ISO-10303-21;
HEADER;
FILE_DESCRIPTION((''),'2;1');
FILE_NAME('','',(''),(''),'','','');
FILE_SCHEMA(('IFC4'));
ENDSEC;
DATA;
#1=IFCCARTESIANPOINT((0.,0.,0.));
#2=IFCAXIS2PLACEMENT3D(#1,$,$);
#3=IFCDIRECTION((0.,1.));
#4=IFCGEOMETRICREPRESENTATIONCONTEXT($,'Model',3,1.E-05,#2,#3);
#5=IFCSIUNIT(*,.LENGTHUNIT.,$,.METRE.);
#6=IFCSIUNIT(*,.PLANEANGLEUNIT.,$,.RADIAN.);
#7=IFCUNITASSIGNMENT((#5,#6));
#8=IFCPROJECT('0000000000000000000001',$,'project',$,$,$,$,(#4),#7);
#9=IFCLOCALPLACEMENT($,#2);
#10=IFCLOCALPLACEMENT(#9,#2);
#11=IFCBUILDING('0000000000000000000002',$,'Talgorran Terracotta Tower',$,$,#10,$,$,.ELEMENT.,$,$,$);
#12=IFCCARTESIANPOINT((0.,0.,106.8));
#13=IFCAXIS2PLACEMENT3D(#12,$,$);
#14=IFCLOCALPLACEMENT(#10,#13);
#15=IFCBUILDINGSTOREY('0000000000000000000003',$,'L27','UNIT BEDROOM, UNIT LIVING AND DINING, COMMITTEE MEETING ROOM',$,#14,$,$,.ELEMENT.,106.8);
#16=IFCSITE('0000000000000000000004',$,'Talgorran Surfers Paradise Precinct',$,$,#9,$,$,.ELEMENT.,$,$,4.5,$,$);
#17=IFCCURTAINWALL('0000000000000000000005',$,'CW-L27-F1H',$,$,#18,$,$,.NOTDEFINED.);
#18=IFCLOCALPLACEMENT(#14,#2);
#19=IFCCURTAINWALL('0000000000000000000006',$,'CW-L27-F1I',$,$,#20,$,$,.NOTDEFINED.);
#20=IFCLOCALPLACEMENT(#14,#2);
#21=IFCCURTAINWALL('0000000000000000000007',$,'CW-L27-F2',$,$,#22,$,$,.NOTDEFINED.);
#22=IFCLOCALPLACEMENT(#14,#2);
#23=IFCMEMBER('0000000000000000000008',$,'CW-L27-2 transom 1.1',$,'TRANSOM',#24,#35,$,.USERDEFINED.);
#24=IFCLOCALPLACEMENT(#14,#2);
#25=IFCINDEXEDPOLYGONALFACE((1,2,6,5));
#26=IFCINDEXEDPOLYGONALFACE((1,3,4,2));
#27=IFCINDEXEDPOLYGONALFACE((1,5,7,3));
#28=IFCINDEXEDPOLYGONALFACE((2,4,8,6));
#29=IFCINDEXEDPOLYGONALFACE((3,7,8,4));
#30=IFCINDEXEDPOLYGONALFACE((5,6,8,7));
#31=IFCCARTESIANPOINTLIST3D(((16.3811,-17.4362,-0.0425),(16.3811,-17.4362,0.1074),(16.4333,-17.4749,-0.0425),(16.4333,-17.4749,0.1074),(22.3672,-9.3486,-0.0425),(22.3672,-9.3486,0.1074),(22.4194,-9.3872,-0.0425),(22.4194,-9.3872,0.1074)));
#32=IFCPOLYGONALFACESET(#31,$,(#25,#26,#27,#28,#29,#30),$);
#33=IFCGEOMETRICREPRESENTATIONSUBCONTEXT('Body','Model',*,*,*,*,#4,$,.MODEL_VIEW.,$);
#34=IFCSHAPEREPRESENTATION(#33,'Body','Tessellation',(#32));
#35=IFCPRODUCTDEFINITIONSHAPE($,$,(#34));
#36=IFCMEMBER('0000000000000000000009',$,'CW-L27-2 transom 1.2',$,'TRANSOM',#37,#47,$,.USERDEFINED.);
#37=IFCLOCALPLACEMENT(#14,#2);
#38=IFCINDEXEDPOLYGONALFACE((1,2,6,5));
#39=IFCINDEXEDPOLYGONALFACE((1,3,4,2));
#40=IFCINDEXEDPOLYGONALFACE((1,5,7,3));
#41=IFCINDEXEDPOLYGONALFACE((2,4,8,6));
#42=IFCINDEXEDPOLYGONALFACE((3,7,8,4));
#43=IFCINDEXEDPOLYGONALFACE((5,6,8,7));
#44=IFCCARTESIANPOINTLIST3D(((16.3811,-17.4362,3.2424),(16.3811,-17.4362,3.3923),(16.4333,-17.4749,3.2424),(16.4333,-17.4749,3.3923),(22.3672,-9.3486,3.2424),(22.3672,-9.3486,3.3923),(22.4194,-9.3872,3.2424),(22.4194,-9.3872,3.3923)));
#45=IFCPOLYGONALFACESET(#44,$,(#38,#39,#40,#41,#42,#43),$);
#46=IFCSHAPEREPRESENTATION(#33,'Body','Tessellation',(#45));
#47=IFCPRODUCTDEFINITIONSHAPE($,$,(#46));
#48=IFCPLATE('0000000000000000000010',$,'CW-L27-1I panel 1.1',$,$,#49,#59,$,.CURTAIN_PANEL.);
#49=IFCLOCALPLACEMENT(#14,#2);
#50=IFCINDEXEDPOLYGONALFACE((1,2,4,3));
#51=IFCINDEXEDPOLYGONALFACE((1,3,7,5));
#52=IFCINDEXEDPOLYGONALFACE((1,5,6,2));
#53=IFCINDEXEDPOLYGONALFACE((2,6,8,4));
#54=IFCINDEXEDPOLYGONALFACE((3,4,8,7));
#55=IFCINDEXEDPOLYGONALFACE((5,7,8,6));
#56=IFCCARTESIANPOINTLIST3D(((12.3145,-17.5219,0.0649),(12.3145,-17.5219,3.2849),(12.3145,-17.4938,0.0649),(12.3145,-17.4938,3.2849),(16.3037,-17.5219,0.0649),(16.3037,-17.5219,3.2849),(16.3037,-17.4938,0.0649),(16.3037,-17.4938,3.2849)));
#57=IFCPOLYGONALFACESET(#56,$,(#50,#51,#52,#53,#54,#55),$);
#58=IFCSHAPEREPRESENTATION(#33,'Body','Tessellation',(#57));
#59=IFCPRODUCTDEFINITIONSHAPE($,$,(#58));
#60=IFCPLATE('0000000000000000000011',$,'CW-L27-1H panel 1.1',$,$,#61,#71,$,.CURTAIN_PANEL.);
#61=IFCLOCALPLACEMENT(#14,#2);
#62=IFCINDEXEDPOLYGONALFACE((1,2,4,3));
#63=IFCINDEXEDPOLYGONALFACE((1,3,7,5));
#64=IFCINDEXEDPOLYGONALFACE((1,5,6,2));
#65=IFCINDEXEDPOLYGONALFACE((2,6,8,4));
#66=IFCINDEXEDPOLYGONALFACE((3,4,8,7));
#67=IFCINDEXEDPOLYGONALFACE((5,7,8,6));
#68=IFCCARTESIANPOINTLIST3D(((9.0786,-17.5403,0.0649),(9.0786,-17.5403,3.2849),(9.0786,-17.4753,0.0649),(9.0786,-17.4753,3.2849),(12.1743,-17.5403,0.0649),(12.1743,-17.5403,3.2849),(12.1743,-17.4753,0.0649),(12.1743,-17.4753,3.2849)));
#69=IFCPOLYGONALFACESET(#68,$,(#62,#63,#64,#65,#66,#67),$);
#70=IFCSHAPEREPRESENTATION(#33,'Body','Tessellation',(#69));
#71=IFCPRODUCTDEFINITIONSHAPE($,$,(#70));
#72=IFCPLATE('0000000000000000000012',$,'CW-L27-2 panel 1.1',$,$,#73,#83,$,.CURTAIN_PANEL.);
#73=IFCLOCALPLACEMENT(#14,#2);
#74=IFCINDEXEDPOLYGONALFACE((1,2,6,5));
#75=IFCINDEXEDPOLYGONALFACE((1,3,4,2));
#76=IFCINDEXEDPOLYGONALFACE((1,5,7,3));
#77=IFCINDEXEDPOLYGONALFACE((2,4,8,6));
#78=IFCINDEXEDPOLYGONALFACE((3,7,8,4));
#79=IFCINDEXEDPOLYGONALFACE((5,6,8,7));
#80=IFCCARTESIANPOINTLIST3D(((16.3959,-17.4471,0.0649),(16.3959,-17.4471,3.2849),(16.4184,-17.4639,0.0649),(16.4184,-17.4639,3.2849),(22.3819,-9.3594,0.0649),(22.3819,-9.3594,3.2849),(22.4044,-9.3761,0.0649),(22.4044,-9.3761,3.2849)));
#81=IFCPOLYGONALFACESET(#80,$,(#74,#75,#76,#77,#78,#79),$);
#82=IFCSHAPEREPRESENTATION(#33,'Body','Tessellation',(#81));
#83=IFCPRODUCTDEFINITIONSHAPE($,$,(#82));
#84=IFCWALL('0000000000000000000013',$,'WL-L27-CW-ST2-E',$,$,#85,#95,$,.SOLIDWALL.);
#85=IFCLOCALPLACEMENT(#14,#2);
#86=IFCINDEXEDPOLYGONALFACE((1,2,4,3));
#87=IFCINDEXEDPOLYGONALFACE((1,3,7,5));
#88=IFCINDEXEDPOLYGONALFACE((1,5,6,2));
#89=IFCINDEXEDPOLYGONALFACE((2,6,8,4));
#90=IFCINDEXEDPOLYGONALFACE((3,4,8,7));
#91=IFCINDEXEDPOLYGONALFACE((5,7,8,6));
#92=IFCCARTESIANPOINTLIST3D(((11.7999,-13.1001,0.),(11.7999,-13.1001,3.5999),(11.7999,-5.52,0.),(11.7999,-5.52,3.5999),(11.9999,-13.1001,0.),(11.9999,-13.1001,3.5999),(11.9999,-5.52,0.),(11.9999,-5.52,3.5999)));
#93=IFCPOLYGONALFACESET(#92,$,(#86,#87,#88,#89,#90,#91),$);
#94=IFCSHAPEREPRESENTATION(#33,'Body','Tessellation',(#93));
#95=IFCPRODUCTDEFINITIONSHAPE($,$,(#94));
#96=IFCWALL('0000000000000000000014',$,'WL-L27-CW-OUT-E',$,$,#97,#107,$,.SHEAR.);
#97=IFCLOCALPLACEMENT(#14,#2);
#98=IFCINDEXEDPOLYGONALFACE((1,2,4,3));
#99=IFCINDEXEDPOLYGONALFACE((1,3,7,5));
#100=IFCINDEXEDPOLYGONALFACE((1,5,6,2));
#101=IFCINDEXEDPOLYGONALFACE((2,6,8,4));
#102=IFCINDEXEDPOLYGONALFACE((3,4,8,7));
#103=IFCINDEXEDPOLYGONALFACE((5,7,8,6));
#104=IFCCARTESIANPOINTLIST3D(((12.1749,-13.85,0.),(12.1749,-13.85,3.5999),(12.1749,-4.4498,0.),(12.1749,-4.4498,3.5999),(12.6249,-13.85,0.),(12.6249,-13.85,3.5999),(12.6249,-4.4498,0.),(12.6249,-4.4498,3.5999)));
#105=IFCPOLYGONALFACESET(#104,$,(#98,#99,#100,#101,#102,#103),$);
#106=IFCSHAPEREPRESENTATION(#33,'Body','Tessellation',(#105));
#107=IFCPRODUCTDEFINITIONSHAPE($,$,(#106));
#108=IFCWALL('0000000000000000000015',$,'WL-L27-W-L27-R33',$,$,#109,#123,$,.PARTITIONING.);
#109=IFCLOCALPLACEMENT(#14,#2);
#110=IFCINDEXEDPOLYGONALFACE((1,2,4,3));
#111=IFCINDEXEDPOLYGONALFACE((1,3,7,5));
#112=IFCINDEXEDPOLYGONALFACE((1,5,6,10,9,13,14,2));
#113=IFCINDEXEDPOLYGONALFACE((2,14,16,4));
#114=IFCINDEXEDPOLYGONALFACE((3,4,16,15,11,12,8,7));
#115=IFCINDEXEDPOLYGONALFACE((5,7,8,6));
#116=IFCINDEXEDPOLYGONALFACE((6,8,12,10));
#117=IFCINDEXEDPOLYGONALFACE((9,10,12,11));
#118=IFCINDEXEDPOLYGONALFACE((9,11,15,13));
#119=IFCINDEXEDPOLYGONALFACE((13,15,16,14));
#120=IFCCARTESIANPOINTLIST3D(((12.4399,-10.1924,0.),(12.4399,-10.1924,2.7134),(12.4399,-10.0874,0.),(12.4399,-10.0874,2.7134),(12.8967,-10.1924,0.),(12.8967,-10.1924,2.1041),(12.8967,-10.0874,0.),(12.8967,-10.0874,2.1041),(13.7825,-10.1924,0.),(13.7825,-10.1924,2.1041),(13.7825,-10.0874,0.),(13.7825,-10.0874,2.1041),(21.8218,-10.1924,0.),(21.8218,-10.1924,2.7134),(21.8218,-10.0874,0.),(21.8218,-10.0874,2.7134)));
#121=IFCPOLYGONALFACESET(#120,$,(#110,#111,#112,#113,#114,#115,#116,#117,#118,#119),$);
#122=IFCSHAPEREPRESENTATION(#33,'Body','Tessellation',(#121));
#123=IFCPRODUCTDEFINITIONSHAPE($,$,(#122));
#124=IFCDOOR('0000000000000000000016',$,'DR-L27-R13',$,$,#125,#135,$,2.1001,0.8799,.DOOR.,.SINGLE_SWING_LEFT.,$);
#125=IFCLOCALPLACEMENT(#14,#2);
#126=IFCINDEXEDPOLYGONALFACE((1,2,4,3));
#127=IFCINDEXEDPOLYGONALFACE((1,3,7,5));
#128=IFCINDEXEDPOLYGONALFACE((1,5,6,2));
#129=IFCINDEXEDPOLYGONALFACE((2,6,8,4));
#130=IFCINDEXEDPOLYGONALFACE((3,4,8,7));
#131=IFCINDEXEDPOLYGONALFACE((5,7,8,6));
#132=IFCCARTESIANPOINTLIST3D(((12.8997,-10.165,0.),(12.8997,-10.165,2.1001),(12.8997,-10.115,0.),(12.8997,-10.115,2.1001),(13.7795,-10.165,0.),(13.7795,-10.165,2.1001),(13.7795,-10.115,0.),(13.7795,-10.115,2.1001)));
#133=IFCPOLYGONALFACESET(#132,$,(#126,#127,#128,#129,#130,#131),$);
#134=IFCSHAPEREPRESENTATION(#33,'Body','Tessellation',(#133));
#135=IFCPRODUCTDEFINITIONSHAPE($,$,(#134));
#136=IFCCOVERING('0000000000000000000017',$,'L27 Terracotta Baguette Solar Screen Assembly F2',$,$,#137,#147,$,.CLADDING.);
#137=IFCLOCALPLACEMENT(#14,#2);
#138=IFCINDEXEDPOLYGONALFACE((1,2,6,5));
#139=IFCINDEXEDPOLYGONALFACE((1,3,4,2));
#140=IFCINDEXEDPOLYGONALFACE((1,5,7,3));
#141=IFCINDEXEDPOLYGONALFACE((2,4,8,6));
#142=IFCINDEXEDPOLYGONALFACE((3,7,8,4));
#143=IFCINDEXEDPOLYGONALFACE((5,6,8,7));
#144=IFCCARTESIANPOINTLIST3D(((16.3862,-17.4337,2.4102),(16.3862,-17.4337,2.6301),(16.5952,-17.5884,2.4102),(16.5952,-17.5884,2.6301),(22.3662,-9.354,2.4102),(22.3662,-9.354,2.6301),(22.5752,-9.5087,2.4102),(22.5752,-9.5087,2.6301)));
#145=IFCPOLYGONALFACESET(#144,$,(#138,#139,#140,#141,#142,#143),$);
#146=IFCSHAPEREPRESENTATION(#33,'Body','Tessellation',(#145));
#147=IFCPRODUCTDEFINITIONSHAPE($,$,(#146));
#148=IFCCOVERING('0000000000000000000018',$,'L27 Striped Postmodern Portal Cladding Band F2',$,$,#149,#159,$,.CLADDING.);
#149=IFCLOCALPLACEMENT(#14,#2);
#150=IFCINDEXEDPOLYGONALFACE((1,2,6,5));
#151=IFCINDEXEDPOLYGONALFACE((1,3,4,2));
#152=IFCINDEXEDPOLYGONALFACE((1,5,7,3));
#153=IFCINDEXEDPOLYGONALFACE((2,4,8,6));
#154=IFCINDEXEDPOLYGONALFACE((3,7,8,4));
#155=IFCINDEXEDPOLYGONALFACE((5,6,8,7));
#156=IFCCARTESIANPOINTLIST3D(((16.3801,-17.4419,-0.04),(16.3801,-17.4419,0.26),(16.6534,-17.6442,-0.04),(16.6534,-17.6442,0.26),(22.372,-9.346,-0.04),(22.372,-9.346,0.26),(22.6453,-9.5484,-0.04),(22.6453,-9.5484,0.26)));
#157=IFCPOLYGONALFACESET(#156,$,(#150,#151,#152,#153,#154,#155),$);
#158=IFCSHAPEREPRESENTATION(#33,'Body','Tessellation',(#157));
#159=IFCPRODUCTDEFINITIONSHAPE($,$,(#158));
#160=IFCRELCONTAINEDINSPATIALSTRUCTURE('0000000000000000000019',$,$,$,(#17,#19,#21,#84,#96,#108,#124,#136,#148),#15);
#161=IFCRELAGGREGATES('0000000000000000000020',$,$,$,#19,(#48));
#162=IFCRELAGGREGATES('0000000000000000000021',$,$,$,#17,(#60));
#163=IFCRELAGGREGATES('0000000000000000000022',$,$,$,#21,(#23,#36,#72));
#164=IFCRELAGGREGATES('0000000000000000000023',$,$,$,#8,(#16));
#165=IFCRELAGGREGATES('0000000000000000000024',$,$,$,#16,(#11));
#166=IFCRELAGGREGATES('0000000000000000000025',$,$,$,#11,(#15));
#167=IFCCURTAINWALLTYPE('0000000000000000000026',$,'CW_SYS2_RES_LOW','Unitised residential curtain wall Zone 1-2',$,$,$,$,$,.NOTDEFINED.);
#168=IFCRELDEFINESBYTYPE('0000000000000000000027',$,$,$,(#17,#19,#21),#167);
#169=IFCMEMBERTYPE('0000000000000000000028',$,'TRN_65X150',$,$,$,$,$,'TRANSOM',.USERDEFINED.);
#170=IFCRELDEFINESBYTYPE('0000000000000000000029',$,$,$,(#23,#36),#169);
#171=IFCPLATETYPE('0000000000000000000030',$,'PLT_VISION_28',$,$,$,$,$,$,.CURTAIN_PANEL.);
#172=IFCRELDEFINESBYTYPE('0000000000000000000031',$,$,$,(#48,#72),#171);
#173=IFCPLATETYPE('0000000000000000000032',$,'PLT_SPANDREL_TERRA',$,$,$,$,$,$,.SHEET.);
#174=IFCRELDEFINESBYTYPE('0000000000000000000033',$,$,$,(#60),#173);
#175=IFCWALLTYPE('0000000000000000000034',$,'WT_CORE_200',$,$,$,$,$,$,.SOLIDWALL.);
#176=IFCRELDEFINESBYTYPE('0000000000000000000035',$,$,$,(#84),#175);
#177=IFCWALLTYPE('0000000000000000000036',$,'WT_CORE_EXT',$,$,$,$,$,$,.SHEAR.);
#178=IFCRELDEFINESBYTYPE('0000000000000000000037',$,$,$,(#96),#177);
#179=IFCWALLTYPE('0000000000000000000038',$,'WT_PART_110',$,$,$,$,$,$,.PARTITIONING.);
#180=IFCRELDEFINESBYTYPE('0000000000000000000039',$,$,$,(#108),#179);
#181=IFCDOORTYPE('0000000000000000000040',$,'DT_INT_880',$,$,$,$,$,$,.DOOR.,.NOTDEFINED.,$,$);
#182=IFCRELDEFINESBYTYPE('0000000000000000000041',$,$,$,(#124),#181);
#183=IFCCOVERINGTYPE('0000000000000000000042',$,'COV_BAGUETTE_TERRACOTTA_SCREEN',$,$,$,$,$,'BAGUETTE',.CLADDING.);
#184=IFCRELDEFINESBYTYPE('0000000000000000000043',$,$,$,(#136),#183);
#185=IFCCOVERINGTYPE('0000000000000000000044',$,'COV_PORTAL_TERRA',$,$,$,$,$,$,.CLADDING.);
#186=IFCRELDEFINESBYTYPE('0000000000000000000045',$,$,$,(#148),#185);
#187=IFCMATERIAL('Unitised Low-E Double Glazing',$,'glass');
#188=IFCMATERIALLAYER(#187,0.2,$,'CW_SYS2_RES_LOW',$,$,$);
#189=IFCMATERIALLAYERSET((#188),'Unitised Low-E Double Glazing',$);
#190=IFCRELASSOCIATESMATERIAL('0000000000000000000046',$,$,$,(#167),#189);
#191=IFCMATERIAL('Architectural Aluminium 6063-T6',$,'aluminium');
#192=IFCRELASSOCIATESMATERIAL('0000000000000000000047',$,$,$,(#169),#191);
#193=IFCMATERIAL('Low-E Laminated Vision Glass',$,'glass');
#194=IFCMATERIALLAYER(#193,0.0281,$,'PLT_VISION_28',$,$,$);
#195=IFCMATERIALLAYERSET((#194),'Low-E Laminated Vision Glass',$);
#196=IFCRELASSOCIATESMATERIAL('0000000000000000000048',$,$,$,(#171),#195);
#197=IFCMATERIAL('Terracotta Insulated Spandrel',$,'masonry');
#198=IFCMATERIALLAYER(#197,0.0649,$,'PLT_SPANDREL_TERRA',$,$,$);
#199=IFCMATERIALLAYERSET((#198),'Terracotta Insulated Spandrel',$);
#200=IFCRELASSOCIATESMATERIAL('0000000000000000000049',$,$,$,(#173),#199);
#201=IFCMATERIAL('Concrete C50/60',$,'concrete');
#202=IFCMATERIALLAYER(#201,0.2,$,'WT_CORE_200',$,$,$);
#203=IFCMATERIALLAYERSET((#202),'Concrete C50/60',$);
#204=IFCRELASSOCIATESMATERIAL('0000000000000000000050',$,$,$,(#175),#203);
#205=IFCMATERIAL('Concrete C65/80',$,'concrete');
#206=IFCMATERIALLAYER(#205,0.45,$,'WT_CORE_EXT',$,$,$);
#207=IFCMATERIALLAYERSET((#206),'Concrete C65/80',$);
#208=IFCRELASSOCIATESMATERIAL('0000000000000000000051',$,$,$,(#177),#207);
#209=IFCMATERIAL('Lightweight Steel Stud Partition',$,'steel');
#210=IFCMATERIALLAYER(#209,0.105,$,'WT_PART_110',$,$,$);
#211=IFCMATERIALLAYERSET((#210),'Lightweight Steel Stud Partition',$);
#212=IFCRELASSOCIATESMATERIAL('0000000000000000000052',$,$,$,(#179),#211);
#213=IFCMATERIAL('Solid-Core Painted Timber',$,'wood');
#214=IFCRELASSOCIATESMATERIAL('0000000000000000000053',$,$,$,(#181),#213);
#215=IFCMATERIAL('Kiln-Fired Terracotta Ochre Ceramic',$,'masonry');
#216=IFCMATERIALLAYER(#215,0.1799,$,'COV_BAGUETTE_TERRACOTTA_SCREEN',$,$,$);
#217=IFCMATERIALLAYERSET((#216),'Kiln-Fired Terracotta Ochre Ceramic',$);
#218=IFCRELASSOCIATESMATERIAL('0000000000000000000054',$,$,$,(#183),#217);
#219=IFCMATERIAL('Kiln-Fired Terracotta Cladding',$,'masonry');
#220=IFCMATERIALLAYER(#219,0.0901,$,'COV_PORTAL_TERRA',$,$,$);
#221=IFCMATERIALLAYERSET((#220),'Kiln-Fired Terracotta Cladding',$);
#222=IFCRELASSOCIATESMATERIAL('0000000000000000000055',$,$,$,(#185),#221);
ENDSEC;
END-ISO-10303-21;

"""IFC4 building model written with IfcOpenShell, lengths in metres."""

from ifc_helpers import new_model, si_unit, direction, frame, frame_2d, origin, origin_2d, place, context, subcontext, project, spatial, rectangle, extrude, source, transform, mapped, material, layer, layer_set, material_profile, profile_set, type_object, type_shapes, element, fill, aggregate, save


model = new_model("IFC4")

# Units and contexts
model_context = context("Model", 3, precision=1e-05, world=origin(), true_north=direction((0.0, 1.0)))
body_context = subcontext(model_context, "Body", "Model", "MODEL_VIEW")
ifc_project = project(units=[si_unit("LENGTHUNIT", "METRE"), si_unit("PLANEANGLEUNIT", "RADIAN")], contexts=[model_context])

# Site, building, storey
site_placement = place(None, origin())
site = spatial("IfcSite", under=ifc_project, at=site_placement, Name="Talgorran Surfers Paradise Precinct", CompositionType="ELEMENT", RefElevation=4.5)
building_placement = place(site_placement, origin())
building = spatial("IfcBuilding", under=site, at=building_placement, Name="Talgorran Terracotta Tower", CompositionType="ELEMENT")
storey_placement = place(building_placement, frame((0.0, 0.0, 106.8)))
storey = spatial("IfcBuildingStorey", under=building, at=storey_placement, Name="L27", Description="UNIT BEDROOM, UNIT LIVING AND DINING, COMMITTEE MEETING ROOM", CompositionType="ELEMENT", Elevation=106.8)

# Curtain wall
ifc_material_1 = material(Name="Unitised Low-E Double Glazing", Category="glass")
ifc_layer_1 = layer(ifc_material_1, 0.2, Name="CW_SYS2_RES_LOW")
ifc_layer_set_1 = layer_set([ifc_layer_1], Name="Unitised Low-E Double Glazing")
curtain_wall_type = type_object("IfcCurtainWallType", Name="CW_SYS2_RES_LOW", Description="Unitised residential curtain wall Zone 1-2", PredefinedType="NOTDEFINED", material=ifc_layer_set_1)
curtain_wall_1_placement = place(storey_placement, origin())
curtain_wall_1 = element("IfcCurtainWall", 1, at=curtain_wall_1_placement, inside=storey, type_object=curtain_wall_type, Name="CW-L27-F1H", PredefinedType="NOTDEFINED")
ifc_material_2 = material(Name="Architectural Aluminium 6063-T6", Category="aluminium")

# Curtain wall
curtain_wall_2_placement = place(storey_placement, origin())
curtain_wall_2 = element("IfcCurtainWall", 2, at=curtain_wall_2_placement, inside=storey, type_object=curtain_wall_type, Name="CW-L27-F1I", PredefinedType="NOTDEFINED")

# Curtain wall
curtain_wall_3_placement = place(storey_placement, origin())
curtain_wall_3 = element("IfcCurtainWall", 3, at=curtain_wall_3_placement, inside=storey, type_object=curtain_wall_type, Name="CW-L27-F2", PredefinedType="NOTDEFINED")

# Members
ifc_material_profile_1 = material_profile(ifc_material_2, rectangle(XDim=0.0649, YDim=0.1499, at=origin_2d()), Name="CWT65X150")
ifc_profile_set_1 = profile_set([ifc_material_profile_1], Name="Architectural Aluminium 6063-T6")
member_type_1 = type_object("IfcMemberType", Name="TRN_65X150", ElementType="TRANSOM", PredefinedType="USERDEFINED", material=ifc_profile_set_1)
member_1_placement = place(storey_placement, frame((16.4072, -17.4556, 0.0325), z_axis=(0.594922, 0.803784, 0.0), x_axis=(-0.803784, 0.594922, 0.0)))
member_1 = element("IfcMember", 4, at=member_1_placement, type_object=member_type_1, Name="CW-L27-2 transom 1.1", ObjectType="TRANSOM", PredefinedType="USERDEFINED", context=body_context, shape_type="SweptSolid", body=[
    extrude(rectangle(XDim=0.0649, YDim=0.1499, at=origin_2d()), origin(), (0.0, 0.0, 1.0), 10.062),
])
member_2_placement = place(storey_placement, frame((16.4072, -17.4556, 3.3174), z_axis=(0.594922, 0.803784, 0.0), x_axis=(-0.803784, 0.594922, 0.0)))
member_2 = element("IfcMember", 5, at=member_2_placement, type_object=member_type_1, Name="CW-L27-2 transom 1.2", ObjectType="TRANSOM", PredefinedType="USERDEFINED", context=body_context, shape_type="SweptSolid", body=[
    extrude(rectangle(XDim=0.0649, YDim=0.1499, at=origin_2d()), origin(), (0.0, 0.0, 1.0), 10.062),
])

# Plates
ifc_material_3 = material(Name="Low-E Laminated Vision Glass", Category="glass")
ifc_layer_2 = layer(ifc_material_3, 0.0281, Name="PLT_VISION_28")
ifc_layer_set_2 = layer_set([ifc_layer_2], Name="Low-E Laminated Vision Glass")
plate_type_1 = type_object("IfcPlateType", Name="PLT_VISION_28", PredefinedType="CURTAIN_PANEL", material=ifc_layer_set_2)
shared_shape_1 = source(origin(), body_context, "Body", "SweptSolid", [
    extrude(rectangle(XDim=3.9893, YDim=0.0281, at=origin_2d()), origin(), (0.0, 0.0, 1.0), 3.22),
])
plate_1_placement = place(storey_placement, frame((14.3091, -17.5078, 0.0649), z_axis=(0.0, 0.0, 1.0), x_axis=(1.0, 0.0, 0.0)))
plate_1 = element("IfcPlate", 6, at=plate_1_placement, type_object=plate_type_1, Name="CW-L27-1I panel 1.1", PredefinedType="CURTAIN_PANEL", context=body_context, shape_type="MappedRepresentation", body=[
    mapped(shared_shape_1, transform((0.0, 0.0, 0.0), scale=1.0)),
])
aggregate(curtain_wall_2, [plate_1])
ifc_material_4 = material(Name="Terracotta Insulated Spandrel", Category="masonry")
ifc_layer_3 = layer(ifc_material_4, 0.0649, Name="PLT_SPANDREL_TERRA")
ifc_layer_set_3 = layer_set([ifc_layer_3], Name="Terracotta Insulated Spandrel")
plate_type_2 = type_object("IfcPlateType", Name="PLT_SPANDREL_TERRA", PredefinedType="SHEET", material=ifc_layer_set_3)
shared_shape_2 = source(origin(), body_context, "Body", "SweptSolid", [
    extrude(rectangle(XDim=3.0957, YDim=0.0649, at=origin_2d()), origin(), (0.0, 0.0, 1.0), 3.22),
])
type_shapes(plate_type_2, [shared_shape_2])
plate_2_placement = place(storey_placement, frame((10.6265, -17.5078, 0.0649), z_axis=(0.0, 0.0, 1.0), x_axis=(1.0, 0.0, 0.0)))
plate_2 = element("IfcPlate", 7, at=plate_2_placement, type_object=plate_type_2, Name="CW-L27-1H panel 1.1", PredefinedType="CURTAIN_PANEL", context=body_context, shape_type="MappedRepresentation", body=[
    mapped(shared_shape_2, transform((0.0, 0.0, 0.0), scale=1.0)),
])
aggregate(curtain_wall_1, [plate_2])
shared_shape_3 = source(origin(), body_context, "Body", "SweptSolid", [
    extrude(rectangle(XDim=10.062, YDim=0.0281, at=origin_2d()), origin(), (0.0, 0.0, 1.0), 3.22),
])
type_shapes(plate_type_1, [shared_shape_1, shared_shape_3])
plate_3_placement = place(storey_placement, frame((19.4001, -13.4116, 0.0649), z_axis=(0.0, 0.0, 1.0), x_axis=(0.594911, 0.803792, 0.0)))
plate_3 = element("IfcPlate", 8, at=plate_3_placement, type_object=plate_type_1, Name="CW-L27-2 panel 1.1", PredefinedType="CURTAIN_PANEL", context=body_context, shape_type="MappedRepresentation", body=[
    mapped(shared_shape_3, transform((0.0, 0.0, 0.0), scale=1.0)),
])
aggregate(curtain_wall_3, [member_1, member_2, plate_3])

# Walls
ifc_material_5 = material(Name="Concrete C50/60", Category="concrete")
ifc_layer_4 = layer(ifc_material_5, 0.2, Name="WT_CORE_200")
ifc_layer_set_4 = layer_set([ifc_layer_4], Name="Concrete C50/60")
wall_type_1 = type_object("IfcWallType", Name="WT_CORE_200", PredefinedType="SOLIDWALL", material=ifc_layer_set_4)
wall_1_placement = place(storey_placement, frame((11.8999, -13.1001, 0.0), z_axis=(0.0, 0.0, 1.0), x_axis=(0.0, 1.0, 0.0)))
element("IfcWall", 9, at=wall_1_placement, inside=storey, type_object=wall_type_1, Name="WL-L27-CW-ST2-E", PredefinedType="SOLIDWALL", context=body_context, shape_type="SweptSolid", body=[
    extrude(rectangle(XDim=7.5801, YDim=0.2, at=frame_2d((3.79, 0.0))), origin(), (0.0, 0.0, 1.0), 3.5999),
])
ifc_material_6 = material(Name="Concrete C65/80", Category="concrete")
ifc_layer_5 = layer(ifc_material_6, 0.45, Name="WT_CORE_EXT")
ifc_layer_set_5 = layer_set([ifc_layer_5], Name="Concrete C65/80")
wall_type_2 = type_object("IfcWallType", Name="WT_CORE_EXT", PredefinedType="SHEAR", material=ifc_layer_set_5)
wall_2_placement = place(storey_placement, frame((12.3999, -13.8501, 0.0), z_axis=(0.0, 0.0, 1.0), x_axis=(0.0, 1.0, 0.0)))
element("IfcWall", 10, at=wall_2_placement, inside=storey, type_object=wall_type_2, Name="WL-L27-CW-OUT-E", PredefinedType="SHEAR", context=body_context, shape_type="SweptSolid", body=[
    extrude(rectangle(XDim=9.4001, YDim=0.45, at=frame_2d((4.7002, 0.0))), origin(), (0.0, 0.0, 1.0), 3.5999),
])

# Wall, opening, door
ifc_material_7 = material(Name="Lightweight Steel Stud Partition", Category="steel")
ifc_layer_6 = layer(ifc_material_7, 0.105, Name="WT_PART_110")
ifc_layer_set_6 = layer_set([ifc_layer_6], Name="Lightweight Steel Stud Partition")
wall_type_3 = type_object("IfcWallType", Name="WT_PART_110", PredefinedType="PARTITIONING", material=ifc_layer_set_6)
wall_3_placement = place(storey_placement, frame((12.4399, -10.1399, 0.0), z_axis=(0.0, 0.0, 1.0), x_axis=(1.0, 0.0, 0.0)))
wall_3 = element("IfcWall", 11, at=wall_3_placement, inside=storey, type_object=wall_type_3, Name="WL-L27-W-L27-R33", PredefinedType="PARTITIONING", context=body_context, shape_type="SweptSolid", body=[
    extrude(rectangle(XDim=9.3818, YDim=0.105, at=frame_2d((4.6909, 0.0))), origin(), (0.0, 0.0, 1.0), 2.7134),
])
opening_placement = place(wall_3_placement, frame((0.4597, 0.0, 0.0)))
opening = element("IfcOpeningElement", 12, at=opening_placement, cuts=wall_3, PredefinedType="OPENING", context=body_context, shape_type="SweptSolid", body=[
    extrude(rectangle(XDim=0.8859, YDim=2.1041, at=frame_2d((0.4399, 1.052))), frame((0.0, 0.0625, 0.0), z_axis=(0.0, -1.0, 0.0), x_axis=(1.0, 0.0, 0.0)), (0.0, 0.0, 1.0), 0.125),
])
ifc_material_8 = material(Name="Solid-Core Painted Timber", Category="wood")
door_type = type_object("IfcDoorType", Name="DT_INT_880", OperationType="NOTDEFINED", PredefinedType="DOOR", material=ifc_material_8)
door_placement = place(opening_placement, origin())
door = element("IfcDoor", 13, at=door_placement, inside=storey, type_object=door_type, Name="DR-L27-R13", OperationType="SINGLE_SWING_LEFT", OverallHeight=2.1001, OverallWidth=0.8799, PredefinedType="DOOR", context=body_context, shape_type="SweptSolid", body=[
    extrude(rectangle(XDim=0.8799, YDim=2.1001, at=frame_2d((0.4399, 1.05))), frame((0.0, 0.0249, 0.0), z_axis=(0.0, -1.0, 0.0), x_axis=(1.0, 0.0, 0.0)), (0.0, 0.0, 1.0), 0.05),
])
fill(opening, door)

# Coverings
ifc_material_9 = material(Name="Kiln-Fired Terracotta Ochre Ceramic", Category="masonry")
ifc_layer_7 = layer(ifc_material_9, 0.1799, Name="COV_BAGUETTE_TERRACOTTA_SCREEN")
ifc_layer_set_7 = layer_set([ifc_layer_7], Name="Kiln-Fired Terracotta Ochre Ceramic")
covering_type_1 = type_object("IfcCoveringType", Name="COV_BAGUETTE_TERRACOTTA_SCREEN", ElementType="BAGUETTE", PredefinedType="CLADDING", material=ifc_layer_set_7)
covering_1_placement = place(storey_placement, frame((19.4807, -13.4712, 2.4102), z_axis=(0.0, 0.0, 1.0), x_axis=(0.594907, 0.803795, 0.0)))
element("IfcCovering", 14, at=covering_1_placement, inside=storey, type_object=covering_type_1, Name="L27 Terracotta Baguette Solar Screen Assembly F2", PredefinedType="CLADDING", context=body_context, shape_type="SweptSolid", body=[
    extrude(rectangle(XDim=10.052, YDim=0.26, at=origin_2d()), origin(), (0.0, 0.0, 1.0), 0.22),
])
ifc_material_10 = material(Name="Kiln-Fired Terracotta Cladding", Category="masonry")
ifc_layer_8 = layer(ifc_material_10, 0.0901, Name="COV_PORTAL_TERRA")
ifc_layer_set_8 = layer_set([ifc_layer_8], Name="Kiln-Fired Terracotta Cladding")
covering_type_2 = type_object("IfcCoveringType", Name="COV_PORTAL_TERRA", PredefinedType="CLADDING", material=ifc_layer_set_8)
covering_2_placement = place(storey_placement, frame((19.5127, -13.4951, -0.04), z_axis=(0.0, 0.0, 1.0), x_axis=(0.594907, 0.803795, 0.0)))
element("IfcCovering", 15, at=covering_2_placement, inside=storey, type_object=covering_type_2, Name="L27 Striped Postmodern Portal Cladding Band F2", PredefinedType="CLADDING", context=body_context, shape_type="SweptSolid", body=[
    extrude(rectangle(XDim=10.072, YDim=0.3401, at=origin_2d()), origin(), (0.0, 0.0, 1.0), 0.3),
])

save(model, "model.ifc")
